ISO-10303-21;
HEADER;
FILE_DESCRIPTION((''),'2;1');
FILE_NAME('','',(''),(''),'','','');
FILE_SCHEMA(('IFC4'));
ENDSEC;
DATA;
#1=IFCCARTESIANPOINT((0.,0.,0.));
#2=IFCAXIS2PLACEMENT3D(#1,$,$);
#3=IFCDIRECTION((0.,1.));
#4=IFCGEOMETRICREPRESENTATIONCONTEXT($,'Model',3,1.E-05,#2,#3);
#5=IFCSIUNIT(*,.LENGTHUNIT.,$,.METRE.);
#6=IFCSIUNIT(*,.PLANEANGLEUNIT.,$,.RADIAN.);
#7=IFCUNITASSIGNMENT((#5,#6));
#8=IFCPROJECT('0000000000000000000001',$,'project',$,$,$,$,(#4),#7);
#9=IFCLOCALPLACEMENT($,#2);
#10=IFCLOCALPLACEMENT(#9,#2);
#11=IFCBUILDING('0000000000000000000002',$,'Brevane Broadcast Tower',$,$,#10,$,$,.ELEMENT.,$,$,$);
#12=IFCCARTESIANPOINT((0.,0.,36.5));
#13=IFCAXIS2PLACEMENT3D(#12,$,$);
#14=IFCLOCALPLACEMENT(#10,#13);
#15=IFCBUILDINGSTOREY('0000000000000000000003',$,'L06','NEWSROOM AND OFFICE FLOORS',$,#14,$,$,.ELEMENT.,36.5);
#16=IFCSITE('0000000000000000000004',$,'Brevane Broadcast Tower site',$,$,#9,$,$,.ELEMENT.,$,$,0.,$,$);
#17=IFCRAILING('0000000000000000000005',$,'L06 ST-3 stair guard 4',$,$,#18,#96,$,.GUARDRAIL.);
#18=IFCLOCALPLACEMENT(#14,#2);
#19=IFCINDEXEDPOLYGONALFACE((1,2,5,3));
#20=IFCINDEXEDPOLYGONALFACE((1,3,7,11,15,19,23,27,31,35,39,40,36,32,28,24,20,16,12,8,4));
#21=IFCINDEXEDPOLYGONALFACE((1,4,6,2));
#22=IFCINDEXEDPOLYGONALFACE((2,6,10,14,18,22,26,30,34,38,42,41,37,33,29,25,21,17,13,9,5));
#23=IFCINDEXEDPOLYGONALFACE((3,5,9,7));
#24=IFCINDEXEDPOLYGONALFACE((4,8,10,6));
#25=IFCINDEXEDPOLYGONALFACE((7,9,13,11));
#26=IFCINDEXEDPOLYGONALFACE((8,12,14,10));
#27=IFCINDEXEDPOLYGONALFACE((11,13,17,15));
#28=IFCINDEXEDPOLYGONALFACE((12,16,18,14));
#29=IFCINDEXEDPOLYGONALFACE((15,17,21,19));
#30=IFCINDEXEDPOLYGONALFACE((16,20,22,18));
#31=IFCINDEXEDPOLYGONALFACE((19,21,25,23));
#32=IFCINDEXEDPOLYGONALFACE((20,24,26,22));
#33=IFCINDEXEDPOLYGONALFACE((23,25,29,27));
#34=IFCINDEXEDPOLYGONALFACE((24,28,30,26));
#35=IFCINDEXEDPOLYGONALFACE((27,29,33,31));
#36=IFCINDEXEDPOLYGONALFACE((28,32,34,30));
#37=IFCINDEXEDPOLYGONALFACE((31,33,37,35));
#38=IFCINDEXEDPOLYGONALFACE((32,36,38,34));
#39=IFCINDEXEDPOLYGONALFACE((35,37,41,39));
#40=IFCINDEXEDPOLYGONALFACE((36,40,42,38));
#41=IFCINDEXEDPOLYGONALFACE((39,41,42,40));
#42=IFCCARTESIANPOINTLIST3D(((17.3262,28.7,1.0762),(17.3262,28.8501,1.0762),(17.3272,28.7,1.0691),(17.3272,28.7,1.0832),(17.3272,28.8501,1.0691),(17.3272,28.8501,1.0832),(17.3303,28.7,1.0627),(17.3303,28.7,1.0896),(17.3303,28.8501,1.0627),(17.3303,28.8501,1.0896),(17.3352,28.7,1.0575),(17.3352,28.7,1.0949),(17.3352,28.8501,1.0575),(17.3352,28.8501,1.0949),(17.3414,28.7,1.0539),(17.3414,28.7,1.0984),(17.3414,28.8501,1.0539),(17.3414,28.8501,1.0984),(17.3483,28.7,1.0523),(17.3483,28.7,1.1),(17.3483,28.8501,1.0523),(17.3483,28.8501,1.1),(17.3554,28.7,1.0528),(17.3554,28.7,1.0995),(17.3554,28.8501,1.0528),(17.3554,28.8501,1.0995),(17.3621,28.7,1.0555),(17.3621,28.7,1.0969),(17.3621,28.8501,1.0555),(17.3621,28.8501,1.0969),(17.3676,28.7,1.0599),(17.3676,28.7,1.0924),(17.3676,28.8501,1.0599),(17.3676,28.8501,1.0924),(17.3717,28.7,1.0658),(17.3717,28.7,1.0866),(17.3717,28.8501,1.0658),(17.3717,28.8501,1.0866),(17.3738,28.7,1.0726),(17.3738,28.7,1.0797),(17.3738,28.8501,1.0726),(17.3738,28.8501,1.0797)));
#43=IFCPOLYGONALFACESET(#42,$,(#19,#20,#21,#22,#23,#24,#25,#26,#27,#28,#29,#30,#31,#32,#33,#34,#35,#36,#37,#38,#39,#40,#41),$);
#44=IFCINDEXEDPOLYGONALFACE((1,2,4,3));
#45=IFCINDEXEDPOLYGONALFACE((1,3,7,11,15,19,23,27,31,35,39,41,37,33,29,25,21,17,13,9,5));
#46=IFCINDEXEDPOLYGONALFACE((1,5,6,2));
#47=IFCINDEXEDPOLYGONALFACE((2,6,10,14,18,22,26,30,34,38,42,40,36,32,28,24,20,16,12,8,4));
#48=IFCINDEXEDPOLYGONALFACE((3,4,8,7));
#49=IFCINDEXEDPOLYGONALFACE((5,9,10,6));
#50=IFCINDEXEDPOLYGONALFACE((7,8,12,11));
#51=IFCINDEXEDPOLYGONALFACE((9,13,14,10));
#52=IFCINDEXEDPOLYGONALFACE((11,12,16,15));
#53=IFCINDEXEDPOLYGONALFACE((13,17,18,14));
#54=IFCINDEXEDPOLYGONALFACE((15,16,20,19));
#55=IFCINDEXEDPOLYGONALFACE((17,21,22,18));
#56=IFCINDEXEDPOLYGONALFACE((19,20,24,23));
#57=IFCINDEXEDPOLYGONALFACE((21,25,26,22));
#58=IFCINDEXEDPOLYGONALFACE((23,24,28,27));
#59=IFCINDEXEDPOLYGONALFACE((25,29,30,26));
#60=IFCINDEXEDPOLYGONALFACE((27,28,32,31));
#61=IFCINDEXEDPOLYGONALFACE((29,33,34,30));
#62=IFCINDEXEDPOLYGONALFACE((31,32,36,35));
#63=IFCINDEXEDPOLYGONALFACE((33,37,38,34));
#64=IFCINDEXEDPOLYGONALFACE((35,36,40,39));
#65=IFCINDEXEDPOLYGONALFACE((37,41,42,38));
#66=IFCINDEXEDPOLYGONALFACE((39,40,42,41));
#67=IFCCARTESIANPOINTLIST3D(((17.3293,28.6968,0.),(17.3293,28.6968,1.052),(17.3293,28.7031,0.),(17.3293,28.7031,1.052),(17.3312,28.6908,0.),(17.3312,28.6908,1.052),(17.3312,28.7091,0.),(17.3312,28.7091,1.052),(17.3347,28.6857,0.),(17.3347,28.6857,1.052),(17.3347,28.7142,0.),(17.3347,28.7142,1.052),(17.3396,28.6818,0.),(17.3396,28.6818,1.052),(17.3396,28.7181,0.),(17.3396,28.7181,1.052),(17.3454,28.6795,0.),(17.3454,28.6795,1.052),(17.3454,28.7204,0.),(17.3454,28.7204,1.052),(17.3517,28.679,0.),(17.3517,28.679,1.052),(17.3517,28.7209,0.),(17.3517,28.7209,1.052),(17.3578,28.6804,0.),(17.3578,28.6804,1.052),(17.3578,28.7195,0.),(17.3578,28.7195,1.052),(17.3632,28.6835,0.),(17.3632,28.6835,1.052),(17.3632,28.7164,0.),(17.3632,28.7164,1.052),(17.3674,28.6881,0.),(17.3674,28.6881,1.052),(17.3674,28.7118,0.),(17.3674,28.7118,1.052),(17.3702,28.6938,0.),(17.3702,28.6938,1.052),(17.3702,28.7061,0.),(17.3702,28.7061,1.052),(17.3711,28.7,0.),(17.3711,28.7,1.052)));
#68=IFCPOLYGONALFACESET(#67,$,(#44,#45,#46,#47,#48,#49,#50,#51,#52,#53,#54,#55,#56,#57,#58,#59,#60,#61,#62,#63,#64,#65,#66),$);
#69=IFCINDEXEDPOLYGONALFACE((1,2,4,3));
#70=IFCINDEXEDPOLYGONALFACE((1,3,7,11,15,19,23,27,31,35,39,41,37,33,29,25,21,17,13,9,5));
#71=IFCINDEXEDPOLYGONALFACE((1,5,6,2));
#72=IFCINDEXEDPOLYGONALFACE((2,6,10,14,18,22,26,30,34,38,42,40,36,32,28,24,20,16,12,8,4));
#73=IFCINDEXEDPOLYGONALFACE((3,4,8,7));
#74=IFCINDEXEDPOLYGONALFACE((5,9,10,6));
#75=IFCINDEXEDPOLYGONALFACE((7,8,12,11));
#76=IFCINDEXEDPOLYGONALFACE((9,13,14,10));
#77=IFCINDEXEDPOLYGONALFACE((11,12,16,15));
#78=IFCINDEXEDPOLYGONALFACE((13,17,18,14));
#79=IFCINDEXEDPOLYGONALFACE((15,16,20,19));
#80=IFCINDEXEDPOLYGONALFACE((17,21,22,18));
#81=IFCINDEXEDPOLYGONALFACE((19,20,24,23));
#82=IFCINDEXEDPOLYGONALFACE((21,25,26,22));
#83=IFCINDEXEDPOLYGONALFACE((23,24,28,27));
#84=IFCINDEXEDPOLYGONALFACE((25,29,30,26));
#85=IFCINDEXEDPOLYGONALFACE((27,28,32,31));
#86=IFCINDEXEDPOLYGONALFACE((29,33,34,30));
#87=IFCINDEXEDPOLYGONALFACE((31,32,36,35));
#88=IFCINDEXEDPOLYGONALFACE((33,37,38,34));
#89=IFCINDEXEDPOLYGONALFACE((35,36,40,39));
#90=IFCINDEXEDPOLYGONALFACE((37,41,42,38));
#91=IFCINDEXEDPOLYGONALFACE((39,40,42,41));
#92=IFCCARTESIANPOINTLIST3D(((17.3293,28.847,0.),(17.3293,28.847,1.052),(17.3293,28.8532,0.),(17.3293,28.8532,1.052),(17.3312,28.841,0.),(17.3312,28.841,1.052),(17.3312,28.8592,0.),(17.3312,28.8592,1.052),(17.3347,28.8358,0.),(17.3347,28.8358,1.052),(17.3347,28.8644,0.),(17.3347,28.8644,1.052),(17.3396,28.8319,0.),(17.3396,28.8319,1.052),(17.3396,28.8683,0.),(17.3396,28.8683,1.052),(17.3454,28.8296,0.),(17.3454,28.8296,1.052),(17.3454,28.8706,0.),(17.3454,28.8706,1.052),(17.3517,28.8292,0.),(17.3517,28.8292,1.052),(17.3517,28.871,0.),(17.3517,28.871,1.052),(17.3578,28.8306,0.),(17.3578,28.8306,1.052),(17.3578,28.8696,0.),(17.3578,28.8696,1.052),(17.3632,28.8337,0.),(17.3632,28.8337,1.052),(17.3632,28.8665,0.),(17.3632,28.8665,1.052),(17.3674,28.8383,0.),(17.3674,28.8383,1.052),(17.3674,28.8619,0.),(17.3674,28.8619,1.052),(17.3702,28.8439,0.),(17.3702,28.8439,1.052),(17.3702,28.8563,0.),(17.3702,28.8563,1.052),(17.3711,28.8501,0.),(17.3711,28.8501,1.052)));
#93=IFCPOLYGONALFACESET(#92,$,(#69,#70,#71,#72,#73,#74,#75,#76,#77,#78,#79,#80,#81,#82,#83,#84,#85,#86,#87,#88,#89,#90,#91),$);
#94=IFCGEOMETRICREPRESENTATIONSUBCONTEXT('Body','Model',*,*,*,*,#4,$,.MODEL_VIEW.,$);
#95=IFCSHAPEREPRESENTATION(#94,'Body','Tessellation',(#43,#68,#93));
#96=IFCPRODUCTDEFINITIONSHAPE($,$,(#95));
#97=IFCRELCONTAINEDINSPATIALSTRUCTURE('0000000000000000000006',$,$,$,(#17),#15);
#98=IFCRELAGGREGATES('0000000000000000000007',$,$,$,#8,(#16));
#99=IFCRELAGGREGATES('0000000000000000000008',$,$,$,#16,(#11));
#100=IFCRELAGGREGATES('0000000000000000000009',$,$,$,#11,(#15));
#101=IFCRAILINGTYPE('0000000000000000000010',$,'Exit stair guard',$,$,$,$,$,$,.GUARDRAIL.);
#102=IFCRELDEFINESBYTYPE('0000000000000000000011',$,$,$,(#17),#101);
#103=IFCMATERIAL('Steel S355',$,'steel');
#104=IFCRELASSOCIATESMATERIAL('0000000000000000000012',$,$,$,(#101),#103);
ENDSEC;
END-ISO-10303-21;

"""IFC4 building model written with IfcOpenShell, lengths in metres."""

from ifc_helpers import new_model, si_unit, direction, frame, origin, origin_2d, place, context, subcontext, project, spatial, circle, extrude, material, type_object, element, save


model = new_model("IFC4")

# Units and contexts
model_context = context("Model", 3, precision=1e-05, world=origin(), true_north=direction((0.0, 1.0)))
body_context = subcontext(model_context, "Body", "Model", "MODEL_VIEW")
ifc_project = project(units=[si_unit("LENGTHUNIT", "METRE"), si_unit("PLANEANGLEUNIT", "RADIAN")], contexts=[model_context])

# Site, building, storey
site_placement = place(None, origin())
site = spatial("IfcSite", under=ifc_project, at=site_placement, Name="Brevane Broadcast Tower site", CompositionType="ELEMENT", RefElevation=0.0)
building_placement = place(site_placement, origin())
building = spatial("IfcBuilding", under=site, at=building_placement, Name="Brevane Broadcast Tower", CompositionType="ELEMENT")
storey_placement = place(building_placement, frame((0.0, 0.0, 36.5)))
storey = spatial("IfcBuildingStorey", under=building, at=storey_placement, Name="L06", Description="NEWSROOM AND OFFICE FLOORS", CompositionType="ELEMENT", Elevation=36.5)

# Shared definitions
ifc_material_1 = material(Name="Steel S355", Category="steel")

# Railing
railing_type_1 = type_object("IfcRailingType", Name="Exit stair guard", PredefinedType="GUARDRAIL", material=ifc_material_1)
railing_1_placement = place(storey_placement, frame((17.3501, 28.7, 0.0)))
element("IfcRailing", 1, at=railing_1_placement, inside=storey, type_object=railing_type_1, Name="L06 ST-3 stair guard 4", PredefinedType="GUARDRAIL", context=body_context, shape_type="SweptSolid", body=[
    extrude(circle(Radius=0.0239, at=origin_2d()), frame((0.0, 0.0, 1.0762), z_axis=(0.0, 1.0, 0.0), x_axis=(-1.0, 0.0, 0.0)), (0.0, 0.0, 1.0), 0.1501),
    extrude(circle(Radius=0.021, at=origin_2d()), origin(), (0.0, 0.0, 1.0), 1.052),
    extrude(circle(Radius=0.021, at=origin_2d()), frame((0.0, 0.1501, 0.0)), (0.0, 0.0, 1.0), 1.052),
])

save(model, "model.ifc")
